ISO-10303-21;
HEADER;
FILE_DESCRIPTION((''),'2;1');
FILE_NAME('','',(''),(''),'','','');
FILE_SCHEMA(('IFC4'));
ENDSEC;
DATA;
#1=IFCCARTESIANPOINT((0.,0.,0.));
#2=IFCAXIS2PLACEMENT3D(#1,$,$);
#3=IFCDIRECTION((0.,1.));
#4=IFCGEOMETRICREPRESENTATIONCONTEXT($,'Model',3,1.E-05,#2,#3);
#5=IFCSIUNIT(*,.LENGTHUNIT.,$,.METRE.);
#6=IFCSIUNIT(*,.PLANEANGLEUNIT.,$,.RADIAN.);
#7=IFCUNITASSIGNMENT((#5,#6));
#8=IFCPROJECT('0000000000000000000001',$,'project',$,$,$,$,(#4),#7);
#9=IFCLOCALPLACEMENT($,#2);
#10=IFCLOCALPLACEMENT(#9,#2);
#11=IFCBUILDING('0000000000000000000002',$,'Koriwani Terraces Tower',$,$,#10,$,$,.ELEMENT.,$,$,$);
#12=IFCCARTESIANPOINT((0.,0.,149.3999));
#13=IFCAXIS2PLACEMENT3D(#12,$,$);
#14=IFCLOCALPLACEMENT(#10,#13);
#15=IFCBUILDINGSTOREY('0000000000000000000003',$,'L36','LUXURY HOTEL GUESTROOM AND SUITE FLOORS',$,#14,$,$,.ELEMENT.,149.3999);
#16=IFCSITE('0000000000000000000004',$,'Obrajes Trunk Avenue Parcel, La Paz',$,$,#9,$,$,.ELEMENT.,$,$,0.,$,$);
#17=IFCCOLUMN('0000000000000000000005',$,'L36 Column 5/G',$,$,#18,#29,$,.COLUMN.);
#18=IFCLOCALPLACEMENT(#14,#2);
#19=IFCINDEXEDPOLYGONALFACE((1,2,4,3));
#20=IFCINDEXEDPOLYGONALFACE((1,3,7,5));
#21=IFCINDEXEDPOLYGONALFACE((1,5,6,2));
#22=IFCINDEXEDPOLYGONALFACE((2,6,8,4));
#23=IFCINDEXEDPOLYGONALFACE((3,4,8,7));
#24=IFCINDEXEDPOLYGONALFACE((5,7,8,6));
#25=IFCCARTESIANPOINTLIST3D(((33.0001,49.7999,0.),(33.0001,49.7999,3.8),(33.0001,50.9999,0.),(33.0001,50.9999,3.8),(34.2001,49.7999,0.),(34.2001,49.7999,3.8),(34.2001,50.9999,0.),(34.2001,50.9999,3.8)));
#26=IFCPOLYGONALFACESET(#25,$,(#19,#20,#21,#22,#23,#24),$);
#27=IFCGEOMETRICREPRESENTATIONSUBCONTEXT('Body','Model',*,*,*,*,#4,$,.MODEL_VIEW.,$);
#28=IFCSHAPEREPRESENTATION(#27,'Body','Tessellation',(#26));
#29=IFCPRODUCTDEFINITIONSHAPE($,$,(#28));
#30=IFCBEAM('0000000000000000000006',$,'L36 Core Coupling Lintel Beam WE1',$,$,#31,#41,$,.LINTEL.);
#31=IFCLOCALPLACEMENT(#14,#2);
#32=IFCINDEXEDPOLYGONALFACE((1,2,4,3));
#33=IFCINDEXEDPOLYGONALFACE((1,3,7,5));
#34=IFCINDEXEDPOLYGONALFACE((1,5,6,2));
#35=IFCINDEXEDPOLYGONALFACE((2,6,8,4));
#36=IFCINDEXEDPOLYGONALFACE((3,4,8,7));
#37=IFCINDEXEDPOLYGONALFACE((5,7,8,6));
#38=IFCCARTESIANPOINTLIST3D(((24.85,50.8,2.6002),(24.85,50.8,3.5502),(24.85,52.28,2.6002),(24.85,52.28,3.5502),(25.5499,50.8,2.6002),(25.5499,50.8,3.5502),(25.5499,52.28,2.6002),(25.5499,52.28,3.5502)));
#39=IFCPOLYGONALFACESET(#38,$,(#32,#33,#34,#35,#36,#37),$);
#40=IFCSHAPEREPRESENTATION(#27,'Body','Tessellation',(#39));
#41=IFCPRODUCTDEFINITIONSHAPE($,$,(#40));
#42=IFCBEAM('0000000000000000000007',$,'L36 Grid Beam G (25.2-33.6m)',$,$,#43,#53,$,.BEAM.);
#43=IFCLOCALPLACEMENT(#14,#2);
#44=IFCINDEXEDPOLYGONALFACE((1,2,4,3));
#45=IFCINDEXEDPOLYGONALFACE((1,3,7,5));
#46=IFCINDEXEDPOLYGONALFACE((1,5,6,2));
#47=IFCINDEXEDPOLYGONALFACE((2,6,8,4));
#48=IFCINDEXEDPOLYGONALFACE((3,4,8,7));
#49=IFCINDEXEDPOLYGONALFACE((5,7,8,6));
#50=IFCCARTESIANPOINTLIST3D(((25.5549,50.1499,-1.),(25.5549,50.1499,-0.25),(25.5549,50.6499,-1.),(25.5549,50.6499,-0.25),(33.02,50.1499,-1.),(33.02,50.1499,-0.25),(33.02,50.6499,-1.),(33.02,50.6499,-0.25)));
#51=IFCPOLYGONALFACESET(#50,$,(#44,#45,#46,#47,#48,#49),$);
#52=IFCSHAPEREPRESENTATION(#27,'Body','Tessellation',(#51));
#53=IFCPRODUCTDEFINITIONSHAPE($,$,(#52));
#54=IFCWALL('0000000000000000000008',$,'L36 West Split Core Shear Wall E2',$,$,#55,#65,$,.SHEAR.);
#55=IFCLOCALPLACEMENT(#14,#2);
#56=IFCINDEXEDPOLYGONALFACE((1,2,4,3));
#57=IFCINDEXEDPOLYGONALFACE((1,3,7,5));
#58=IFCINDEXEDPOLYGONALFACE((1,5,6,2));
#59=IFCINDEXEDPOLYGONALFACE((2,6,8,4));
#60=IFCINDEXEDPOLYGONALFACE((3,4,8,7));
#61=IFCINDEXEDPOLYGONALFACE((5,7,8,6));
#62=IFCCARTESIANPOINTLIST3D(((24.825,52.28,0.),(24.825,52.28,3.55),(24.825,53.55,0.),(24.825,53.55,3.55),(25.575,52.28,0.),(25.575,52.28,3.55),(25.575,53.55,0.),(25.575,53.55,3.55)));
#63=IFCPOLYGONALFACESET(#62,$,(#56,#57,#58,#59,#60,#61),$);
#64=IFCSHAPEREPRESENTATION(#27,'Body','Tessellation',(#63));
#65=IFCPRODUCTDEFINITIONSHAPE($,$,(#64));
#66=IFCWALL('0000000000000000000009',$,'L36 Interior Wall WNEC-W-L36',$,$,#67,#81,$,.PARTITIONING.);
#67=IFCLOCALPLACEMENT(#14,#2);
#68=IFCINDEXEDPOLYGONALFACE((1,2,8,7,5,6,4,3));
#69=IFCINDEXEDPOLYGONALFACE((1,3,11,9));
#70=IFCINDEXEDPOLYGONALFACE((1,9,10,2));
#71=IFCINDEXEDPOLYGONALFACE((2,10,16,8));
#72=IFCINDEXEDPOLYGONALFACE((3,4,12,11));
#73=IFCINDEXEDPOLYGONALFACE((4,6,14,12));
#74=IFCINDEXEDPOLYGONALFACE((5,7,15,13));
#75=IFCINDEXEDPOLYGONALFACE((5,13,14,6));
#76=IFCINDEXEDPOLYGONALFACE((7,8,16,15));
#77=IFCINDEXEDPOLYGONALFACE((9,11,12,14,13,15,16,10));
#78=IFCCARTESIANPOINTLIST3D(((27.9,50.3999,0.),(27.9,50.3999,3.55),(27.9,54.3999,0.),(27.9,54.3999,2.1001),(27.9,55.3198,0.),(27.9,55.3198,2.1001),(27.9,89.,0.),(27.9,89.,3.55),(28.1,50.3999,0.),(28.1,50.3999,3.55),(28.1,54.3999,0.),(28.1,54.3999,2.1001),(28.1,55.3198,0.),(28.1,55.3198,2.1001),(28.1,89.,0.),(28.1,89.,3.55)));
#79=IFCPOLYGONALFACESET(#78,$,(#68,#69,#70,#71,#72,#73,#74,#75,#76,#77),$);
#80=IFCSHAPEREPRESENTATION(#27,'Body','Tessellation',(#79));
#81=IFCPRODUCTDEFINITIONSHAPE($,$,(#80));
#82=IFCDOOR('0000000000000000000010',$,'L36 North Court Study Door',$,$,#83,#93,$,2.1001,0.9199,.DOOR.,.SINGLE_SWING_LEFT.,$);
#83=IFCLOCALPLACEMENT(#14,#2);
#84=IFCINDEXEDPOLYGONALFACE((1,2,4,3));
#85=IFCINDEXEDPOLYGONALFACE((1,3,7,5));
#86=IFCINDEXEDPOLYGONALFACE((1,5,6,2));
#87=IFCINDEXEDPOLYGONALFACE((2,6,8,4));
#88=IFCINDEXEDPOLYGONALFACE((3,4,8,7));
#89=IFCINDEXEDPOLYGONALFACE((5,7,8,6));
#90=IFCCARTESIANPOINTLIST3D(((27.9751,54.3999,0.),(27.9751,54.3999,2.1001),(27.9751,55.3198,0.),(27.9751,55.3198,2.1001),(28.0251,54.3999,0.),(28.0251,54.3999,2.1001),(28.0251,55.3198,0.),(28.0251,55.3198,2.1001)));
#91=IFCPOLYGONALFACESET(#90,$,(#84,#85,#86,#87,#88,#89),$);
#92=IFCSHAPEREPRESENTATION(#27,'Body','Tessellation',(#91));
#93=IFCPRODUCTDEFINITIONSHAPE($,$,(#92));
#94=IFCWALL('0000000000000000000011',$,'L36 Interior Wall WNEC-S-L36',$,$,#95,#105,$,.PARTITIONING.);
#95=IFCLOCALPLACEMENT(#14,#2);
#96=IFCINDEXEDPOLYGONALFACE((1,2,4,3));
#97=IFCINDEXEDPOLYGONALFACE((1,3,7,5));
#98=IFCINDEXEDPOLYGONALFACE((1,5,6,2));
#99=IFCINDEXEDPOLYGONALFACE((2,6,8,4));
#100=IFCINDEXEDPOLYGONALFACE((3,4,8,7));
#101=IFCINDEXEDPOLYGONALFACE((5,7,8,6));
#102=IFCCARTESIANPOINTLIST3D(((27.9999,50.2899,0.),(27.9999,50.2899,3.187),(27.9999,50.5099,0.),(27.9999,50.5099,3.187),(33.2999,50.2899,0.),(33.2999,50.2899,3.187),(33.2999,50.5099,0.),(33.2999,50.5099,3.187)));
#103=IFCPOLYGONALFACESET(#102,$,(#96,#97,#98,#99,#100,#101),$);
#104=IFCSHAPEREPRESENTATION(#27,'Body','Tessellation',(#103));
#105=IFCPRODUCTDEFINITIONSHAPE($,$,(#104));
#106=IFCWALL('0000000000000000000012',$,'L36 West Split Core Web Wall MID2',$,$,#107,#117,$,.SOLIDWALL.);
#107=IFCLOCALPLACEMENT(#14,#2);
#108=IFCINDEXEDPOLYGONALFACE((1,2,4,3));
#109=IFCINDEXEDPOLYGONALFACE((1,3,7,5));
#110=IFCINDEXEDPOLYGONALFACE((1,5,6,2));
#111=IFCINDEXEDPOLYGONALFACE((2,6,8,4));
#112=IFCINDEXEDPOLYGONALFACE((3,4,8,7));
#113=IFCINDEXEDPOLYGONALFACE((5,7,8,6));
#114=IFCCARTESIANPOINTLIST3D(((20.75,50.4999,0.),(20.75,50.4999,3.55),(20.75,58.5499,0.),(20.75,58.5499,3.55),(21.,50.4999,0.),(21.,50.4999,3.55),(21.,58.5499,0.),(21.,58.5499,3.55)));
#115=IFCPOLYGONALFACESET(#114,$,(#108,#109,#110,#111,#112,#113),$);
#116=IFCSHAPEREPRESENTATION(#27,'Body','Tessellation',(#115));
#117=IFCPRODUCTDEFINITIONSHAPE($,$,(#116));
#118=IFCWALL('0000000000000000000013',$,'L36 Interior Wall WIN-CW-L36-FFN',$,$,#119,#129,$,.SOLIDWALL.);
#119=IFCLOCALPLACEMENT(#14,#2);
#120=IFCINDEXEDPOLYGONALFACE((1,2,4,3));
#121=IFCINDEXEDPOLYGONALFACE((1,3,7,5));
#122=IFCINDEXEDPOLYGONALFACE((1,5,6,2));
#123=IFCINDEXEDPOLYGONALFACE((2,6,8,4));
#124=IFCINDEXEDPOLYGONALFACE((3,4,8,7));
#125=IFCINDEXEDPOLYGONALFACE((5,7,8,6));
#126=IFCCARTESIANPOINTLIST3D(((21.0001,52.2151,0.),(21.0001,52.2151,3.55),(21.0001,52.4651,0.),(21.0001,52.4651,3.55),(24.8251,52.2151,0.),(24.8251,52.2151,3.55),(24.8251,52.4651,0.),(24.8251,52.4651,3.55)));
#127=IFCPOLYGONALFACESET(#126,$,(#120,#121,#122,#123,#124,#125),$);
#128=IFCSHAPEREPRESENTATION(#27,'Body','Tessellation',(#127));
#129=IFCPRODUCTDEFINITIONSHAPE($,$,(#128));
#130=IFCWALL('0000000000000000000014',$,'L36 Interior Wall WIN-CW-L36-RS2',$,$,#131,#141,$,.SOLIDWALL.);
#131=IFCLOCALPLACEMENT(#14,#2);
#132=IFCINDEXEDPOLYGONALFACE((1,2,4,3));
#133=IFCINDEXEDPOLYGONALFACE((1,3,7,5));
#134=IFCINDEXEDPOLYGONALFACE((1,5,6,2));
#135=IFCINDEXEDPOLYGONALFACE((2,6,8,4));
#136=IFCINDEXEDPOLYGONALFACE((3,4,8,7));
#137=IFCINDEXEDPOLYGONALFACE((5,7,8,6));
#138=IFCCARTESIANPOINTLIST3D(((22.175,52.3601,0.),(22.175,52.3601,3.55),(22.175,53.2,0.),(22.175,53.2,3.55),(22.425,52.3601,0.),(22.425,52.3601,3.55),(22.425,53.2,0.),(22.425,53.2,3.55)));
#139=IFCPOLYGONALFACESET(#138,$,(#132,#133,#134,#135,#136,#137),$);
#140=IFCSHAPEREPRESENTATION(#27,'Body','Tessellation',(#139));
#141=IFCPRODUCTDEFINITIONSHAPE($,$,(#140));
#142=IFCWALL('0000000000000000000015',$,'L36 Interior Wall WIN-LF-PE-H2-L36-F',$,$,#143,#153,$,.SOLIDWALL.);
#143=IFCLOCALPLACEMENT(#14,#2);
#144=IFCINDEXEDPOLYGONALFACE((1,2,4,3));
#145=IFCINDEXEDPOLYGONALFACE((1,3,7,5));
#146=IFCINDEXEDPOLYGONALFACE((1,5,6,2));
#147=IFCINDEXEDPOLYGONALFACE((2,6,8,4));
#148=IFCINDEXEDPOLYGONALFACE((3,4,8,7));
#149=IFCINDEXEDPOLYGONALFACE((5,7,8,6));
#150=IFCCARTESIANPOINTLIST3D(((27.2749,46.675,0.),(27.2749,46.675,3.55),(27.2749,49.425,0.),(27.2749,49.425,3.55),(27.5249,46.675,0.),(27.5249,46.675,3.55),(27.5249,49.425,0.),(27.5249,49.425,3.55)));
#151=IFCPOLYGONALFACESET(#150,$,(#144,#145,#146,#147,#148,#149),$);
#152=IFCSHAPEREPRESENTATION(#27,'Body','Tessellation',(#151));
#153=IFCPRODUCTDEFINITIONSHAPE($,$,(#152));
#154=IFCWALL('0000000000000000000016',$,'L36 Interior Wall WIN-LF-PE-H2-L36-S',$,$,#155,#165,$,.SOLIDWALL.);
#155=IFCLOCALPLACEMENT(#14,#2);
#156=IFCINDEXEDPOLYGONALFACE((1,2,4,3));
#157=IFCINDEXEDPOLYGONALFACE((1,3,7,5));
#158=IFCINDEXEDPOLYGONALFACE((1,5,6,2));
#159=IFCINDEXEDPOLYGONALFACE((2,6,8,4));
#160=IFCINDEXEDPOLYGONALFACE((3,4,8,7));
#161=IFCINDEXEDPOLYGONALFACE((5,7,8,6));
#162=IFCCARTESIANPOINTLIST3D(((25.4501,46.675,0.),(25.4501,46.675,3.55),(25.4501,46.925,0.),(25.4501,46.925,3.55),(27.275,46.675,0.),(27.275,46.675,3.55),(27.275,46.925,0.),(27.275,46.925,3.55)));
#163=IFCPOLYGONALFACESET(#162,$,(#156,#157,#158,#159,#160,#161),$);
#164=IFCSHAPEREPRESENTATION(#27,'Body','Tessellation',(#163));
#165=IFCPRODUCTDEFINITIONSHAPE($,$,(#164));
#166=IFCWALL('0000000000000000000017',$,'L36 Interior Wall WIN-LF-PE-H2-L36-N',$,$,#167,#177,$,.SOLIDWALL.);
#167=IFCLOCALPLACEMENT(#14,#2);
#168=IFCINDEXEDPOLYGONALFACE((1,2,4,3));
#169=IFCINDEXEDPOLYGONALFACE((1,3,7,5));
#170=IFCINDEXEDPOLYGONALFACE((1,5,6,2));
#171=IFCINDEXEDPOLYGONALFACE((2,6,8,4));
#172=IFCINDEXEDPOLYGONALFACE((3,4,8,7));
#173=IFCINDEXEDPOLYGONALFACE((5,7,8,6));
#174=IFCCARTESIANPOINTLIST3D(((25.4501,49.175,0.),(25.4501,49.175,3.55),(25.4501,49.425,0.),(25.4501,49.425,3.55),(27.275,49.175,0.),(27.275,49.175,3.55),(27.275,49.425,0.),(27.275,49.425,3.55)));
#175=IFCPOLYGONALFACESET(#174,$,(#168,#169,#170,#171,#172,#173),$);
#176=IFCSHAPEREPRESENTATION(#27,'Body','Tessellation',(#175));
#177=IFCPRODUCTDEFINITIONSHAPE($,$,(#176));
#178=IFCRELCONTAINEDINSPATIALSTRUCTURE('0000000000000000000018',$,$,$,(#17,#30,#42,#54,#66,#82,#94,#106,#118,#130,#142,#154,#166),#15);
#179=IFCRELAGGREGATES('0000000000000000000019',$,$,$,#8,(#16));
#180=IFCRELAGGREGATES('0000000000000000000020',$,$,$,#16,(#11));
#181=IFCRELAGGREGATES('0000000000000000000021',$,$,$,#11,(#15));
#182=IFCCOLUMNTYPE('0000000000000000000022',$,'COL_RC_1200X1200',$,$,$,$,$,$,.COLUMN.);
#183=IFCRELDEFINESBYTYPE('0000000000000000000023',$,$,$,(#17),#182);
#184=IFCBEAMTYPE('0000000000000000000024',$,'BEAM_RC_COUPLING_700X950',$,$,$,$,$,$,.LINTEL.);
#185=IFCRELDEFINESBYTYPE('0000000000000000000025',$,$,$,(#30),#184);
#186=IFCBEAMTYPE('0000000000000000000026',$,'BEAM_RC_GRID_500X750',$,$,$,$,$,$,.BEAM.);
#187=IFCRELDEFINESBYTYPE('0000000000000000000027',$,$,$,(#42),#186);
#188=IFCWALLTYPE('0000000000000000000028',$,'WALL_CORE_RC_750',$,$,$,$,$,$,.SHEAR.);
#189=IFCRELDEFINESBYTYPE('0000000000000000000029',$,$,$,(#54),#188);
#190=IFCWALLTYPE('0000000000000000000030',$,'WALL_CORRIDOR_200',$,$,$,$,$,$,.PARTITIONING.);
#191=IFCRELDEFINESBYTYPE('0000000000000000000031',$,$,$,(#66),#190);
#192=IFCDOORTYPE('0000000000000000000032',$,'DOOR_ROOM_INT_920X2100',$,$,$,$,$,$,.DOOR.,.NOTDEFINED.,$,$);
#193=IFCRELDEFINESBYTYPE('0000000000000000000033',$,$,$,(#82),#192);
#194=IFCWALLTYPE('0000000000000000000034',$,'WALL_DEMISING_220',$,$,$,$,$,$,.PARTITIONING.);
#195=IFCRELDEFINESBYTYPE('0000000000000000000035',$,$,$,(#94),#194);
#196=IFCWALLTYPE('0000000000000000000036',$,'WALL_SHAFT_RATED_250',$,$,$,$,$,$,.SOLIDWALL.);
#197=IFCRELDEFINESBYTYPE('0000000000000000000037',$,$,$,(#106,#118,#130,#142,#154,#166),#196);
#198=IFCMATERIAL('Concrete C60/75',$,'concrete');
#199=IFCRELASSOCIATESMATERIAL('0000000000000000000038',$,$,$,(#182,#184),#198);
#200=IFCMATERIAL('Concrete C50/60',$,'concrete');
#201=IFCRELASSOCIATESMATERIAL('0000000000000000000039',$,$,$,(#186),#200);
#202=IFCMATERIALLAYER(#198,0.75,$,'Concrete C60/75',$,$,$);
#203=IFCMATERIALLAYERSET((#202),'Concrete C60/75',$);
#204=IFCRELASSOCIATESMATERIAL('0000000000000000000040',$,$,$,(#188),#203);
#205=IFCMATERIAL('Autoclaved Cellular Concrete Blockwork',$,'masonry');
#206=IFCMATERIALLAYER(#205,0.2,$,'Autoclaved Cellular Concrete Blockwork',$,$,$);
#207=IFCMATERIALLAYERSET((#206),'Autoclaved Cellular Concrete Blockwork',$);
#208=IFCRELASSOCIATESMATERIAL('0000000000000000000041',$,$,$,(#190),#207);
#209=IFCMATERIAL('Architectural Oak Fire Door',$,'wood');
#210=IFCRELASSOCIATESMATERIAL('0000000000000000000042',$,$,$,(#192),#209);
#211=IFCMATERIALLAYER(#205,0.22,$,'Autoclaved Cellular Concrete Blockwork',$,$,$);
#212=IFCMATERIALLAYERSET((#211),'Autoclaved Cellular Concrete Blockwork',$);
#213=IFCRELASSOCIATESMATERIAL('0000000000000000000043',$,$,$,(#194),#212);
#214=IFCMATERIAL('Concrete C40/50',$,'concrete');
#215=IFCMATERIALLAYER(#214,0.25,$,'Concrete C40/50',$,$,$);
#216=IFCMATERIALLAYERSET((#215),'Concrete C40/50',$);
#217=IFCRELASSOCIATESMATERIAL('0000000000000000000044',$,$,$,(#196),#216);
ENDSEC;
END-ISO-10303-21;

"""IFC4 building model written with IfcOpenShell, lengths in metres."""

from ifc_helpers import new_model, si_unit, direction, frame, frame_2d, origin, origin_2d, place, context, subcontext, project, spatial, rectangle, extrude, material, layer, layer_set, material_profile, profile_set, type_object, element, fill, save


model = new_model("IFC4")

# Units and contexts
model_context = context("Model", 3, precision=1e-05, world=origin(), true_north=direction((0.0, 1.0)))
body_context = subcontext(model_context, "Body", "Model", "MODEL_VIEW")
ifc_project = project(units=[si_unit("LENGTHUNIT", "METRE"), si_unit("PLANEANGLEUNIT", "RADIAN")], contexts=[model_context])

# Site, building, storey
site_placement = place(None, origin())
site = spatial("IfcSite", under=ifc_project, at=site_placement, Name="Obrajes Trunk Avenue Parcel, La Paz", CompositionType="ELEMENT", RefElevation=0.0)
building_placement = place(site_placement, origin())
building = spatial("IfcBuilding", under=site, at=building_placement, Name="Koriwani Terraces Tower", CompositionType="ELEMENT")
storey_placement = place(building_placement, frame((0.0, 0.0, 149.3999)))
storey = spatial("IfcBuildingStorey", under=building, at=storey_placement, Name="L36", Description="LUXURY HOTEL GUESTROOM AND SUITE FLOORS", CompositionType="ELEMENT", Elevation=149.3999)

# Column
ifc_material_1 = material(Name="Concrete C60/75", Category="concrete")
ifc_material_profile_1 = material_profile(ifc_material_1, rectangle(XDim=1.2, YDim=1.2, at=origin_2d()), Name="Concrete C60/75", Category="LoadBearing")
ifc_profile_set_1 = profile_set([ifc_material_profile_1], Name="Concrete C60/75")
column_type = type_object("IfcColumnType", Name="COL_RC_1200X1200", PredefinedType="COLUMN", material=ifc_profile_set_1)
column_placement = place(storey_placement, frame((33.6001, 50.3999, 0.0), z_axis=(0.0, 0.0, 1.0), x_axis=(1.0, 0.0, 0.0)))
element("IfcColumn", 1, at=column_placement, inside=storey, type_object=column_type, Name="L36 Column 5/G", PredefinedType="COLUMN", context=body_context, shape_type="SweptSolid", body=[
    extrude(rectangle(XDim=1.2, YDim=1.2, at=origin_2d()), origin(), (0.0, 0.0, 1.0), 3.8),
])

# Beams
ifc_material_profile_2 = material_profile(ifc_material_1, rectangle(XDim=0.7, YDim=0.95, at=origin_2d()), Name="Concrete C60/75", Category="LoadBearing")
ifc_profile_set_2 = profile_set([ifc_material_profile_2], Name="Concrete C60/75")
beam_type_1 = type_object("IfcBeamType", Name="BEAM_RC_COUPLING_700X950", PredefinedType="LINTEL", material=ifc_profile_set_2)
beam_1_placement = place(storey_placement, frame((25.2, 50.8, 3.0752), z_axis=(0.0, 1.0, 0.0), x_axis=(-1.0, 0.0, 0.0)))
element("IfcBeam", 2, at=beam_1_placement, inside=storey, type_object=beam_type_1, Name="L36 Core Coupling Lintel Beam WE1", PredefinedType="LINTEL", context=body_context, shape_type="SweptSolid", body=[
    extrude(rectangle(XDim=0.7, YDim=0.95, at=origin_2d()), origin(), (0.0, 0.0, 1.0), 1.48),
])
ifc_material_2 = material(Name="Concrete C50/60", Category="concrete")
ifc_material_profile_3 = material_profile(ifc_material_2, rectangle(XDim=0.5, YDim=0.75, at=origin_2d()), Name="Concrete C50/60", Category="LoadBearing")
ifc_profile_set_3 = profile_set([ifc_material_profile_3], Name="Concrete C50/60")
beam_type_2 = type_object("IfcBeamType", Name="BEAM_RC_GRID_500X750", PredefinedType="BEAM", material=ifc_profile_set_3)
beam_2_placement = place(storey_placement, frame((25.5549, 50.3999, -0.625), z_axis=(1.0, 0.0, 0.0), x_axis=(0.0, 1.0, 0.0)))
element("IfcBeam", 3, at=beam_2_placement, inside=storey, type_object=beam_type_2, Name="L36 Grid Beam G (25.2-33.6m)", PredefinedType="BEAM", context=body_context, shape_type="SweptSolid", body=[
    extrude(rectangle(XDim=0.5, YDim=0.75, at=origin_2d()), origin(), (0.0, 0.0, 1.0), 7.4651),
])

# Wall
ifc_layer_1 = layer(ifc_material_1, 0.75, Name="Concrete C60/75")
ifc_layer_set_1 = layer_set([ifc_layer_1], Name="Concrete C60/75")
wall_type_1 = type_object("IfcWallType", Name="WALL_CORE_RC_750", PredefinedType="SHEAR", material=ifc_layer_set_1)
wall_1_placement = place(storey_placement, frame((25.2, 52.28, 0.0), z_axis=(0.0, 0.0, 1.0), x_axis=(0.0, 1.0, 0.0)))
element("IfcWall", 4, at=wall_1_placement, inside=storey, type_object=wall_type_1, Name="L36 West Split Core Shear Wall E2", PredefinedType="SHEAR", context=body_context, shape_type="SweptSolid", body=[
    extrude(rectangle(XDim=1.27, YDim=0.75, at=frame_2d((0.635, 0.0))), origin(), (0.0, 0.0, 1.0), 3.55),
])

# Wall, opening, door
ifc_material_3 = material(Name="Autoclaved Cellular Concrete Blockwork", Category="masonry")
ifc_layer_2 = layer(ifc_material_3, 0.2, Name="Autoclaved Cellular Concrete Blockwork")
ifc_layer_set_2 = layer_set([ifc_layer_2], Name="Autoclaved Cellular Concrete Blockwork")
wall_type_2 = type_object("IfcWallType", Name="WALL_CORRIDOR_200", PredefinedType="PARTITIONING", material=ifc_layer_set_2)
wall_2_placement = place(storey_placement, frame((28.0, 50.3999, 0.0), z_axis=(0.0, 0.0, 1.0), x_axis=(0.0, 1.0, 0.0)))
wall_2 = element("IfcWall", 5, at=wall_2_placement, inside=storey, type_object=wall_type_2, Name="L36 Interior Wall WNEC-W-L36", PredefinedType="PARTITIONING", context=body_context, shape_type="SweptSolid", body=[
    extrude(rectangle(XDim=38.6001, YDim=0.2, at=frame_2d((19.3, 0.0))), origin(), (0.0, 0.0, 1.0), 3.55),
])
opening_1_placement = place(wall_2_placement, frame((4.0, 0.0, 0.0)))
opening_1 = element("IfcOpeningElement", 6, at=opening_1_placement, cuts=wall_2, PredefinedType="OPENING", context=body_context, shape_type="SweptSolid", body=[
    extrude(rectangle(XDim=0.9199, YDim=2.1001, at=frame_2d((0.46, 1.05))), frame((0.0, 0.1099, 0.0), z_axis=(0.0, -1.0, 0.0), x_axis=(1.0, 0.0, 0.0)), (0.0, 0.0, 1.0), 0.22),
])
ifc_material_4 = material(Name="Architectural Oak Fire Door", Category="wood")
door_type_1 = type_object("IfcDoorType", Name="DOOR_ROOM_INT_920X2100", OperationType="NOTDEFINED", PredefinedType="DOOR", material=ifc_material_4)
door_1_placement = place(opening_1_placement, origin())
door_1 = element("IfcDoor", 7, at=door_1_placement, inside=storey, type_object=door_type_1, Name="L36 North Court Study Door", OperationType="SINGLE_SWING_LEFT", OverallHeight=2.1001, OverallWidth=0.9199, PredefinedType="DOOR", context=body_context, shape_type="SweptSolid", body=[
    extrude(rectangle(XDim=0.9199, YDim=2.1001, at=frame_2d((0.46, 1.05))), frame((0.0, 0.0249, 0.0), z_axis=(0.0, -1.0, 0.0), x_axis=(1.0, 0.0, 0.0)), (0.0, 0.0, 1.0), 0.05),
])
fill(opening_1, door_1)

# Walls
ifc_layer_3 = layer(ifc_material_3, 0.22, Name="Autoclaved Cellular Concrete Blockwork")
ifc_layer_set_3 = layer_set([ifc_layer_3], Name="Autoclaved Cellular Concrete Blockwork")
wall_type_3 = type_object("IfcWallType", Name="WALL_DEMISING_220", PredefinedType="PARTITIONING", material=ifc_layer_set_3)
wall_3_placement = place(storey_placement, frame((28.0, 50.3999, 0.0), z_axis=(0.0, 0.0, 1.0), x_axis=(1.0, 0.0, 0.0)))
element("IfcWall", 8, at=wall_3_placement, inside=storey, type_object=wall_type_3, Name="L36 Interior Wall WNEC-S-L36", PredefinedType="PARTITIONING", context=body_context, shape_type="SweptSolid", body=[
    extrude(rectangle(XDim=5.3, YDim=0.22, at=frame_2d((2.6499, 0.0))), origin(), (0.0, 0.0, 1.0), 3.187),
])
ifc_material_5 = material(Name="Concrete C40/50", Category="concrete")
ifc_layer_4 = layer(ifc_material_5, 0.25, Name="Concrete C40/50")
ifc_layer_set_4 = layer_set([ifc_layer_4], Name="Concrete C40/50")
wall_type_4 = type_object("IfcWallType", Name="WALL_SHAFT_RATED_250", PredefinedType="SOLIDWALL", material=ifc_layer_set_4)
wall_4_placement = place(storey_placement, frame((20.875, 50.5, 0.0), z_axis=(0.0, 0.0, 1.0), x_axis=(0.0, 1.0, 0.0)))
element("IfcWall", 9, at=wall_4_placement, inside=storey, type_object=wall_type_4, Name="L36 West Split Core Web Wall MID2", PredefinedType="SOLIDWALL", context=body_context, shape_type="SweptSolid", body=[
    extrude(rectangle(XDim=8.05, YDim=0.25, at=frame_2d((4.0249, 0.0))), origin(), (0.0, 0.0, 1.0), 3.55),
])

# Walls
wall_5_placement = place(storey_placement, frame((21.0, 52.3401, 0.0), z_axis=(0.0, 0.0, 1.0), x_axis=(1.0, 0.0, 0.0)))
element("IfcWall", 10, at=wall_5_placement, inside=storey, type_object=wall_type_4, Name="L36 Interior Wall WIN-CW-L36-FFN", PredefinedType="SOLIDWALL", context=body_context, shape_type="SweptSolid", body=[
    extrude(rectangle(XDim=3.825, YDim=0.25, at=frame_2d((1.9126, 0.0))), origin(), (0.0, 0.0, 1.0), 3.55),
])
wall_6_placement = place(storey_placement, frame((22.3, 52.3601, 0.0), z_axis=(0.0, 0.0, 1.0), x_axis=(0.0, 1.0, 0.0)))
element("IfcWall", 11, at=wall_6_placement, inside=storey, type_object=wall_type_4, Name="L36 Interior Wall WIN-CW-L36-RS2", PredefinedType="SOLIDWALL", context=body_context, shape_type="SweptSolid", body=[
    extrude(rectangle(XDim=0.8398, YDim=0.25, at=frame_2d((0.4199, 0.0))), origin(), (0.0, 0.0, 1.0), 3.55),
])
wall_7_placement = place(storey_placement, frame((27.3999, 46.675, 0.0), z_axis=(0.0, 0.0, 1.0), x_axis=(0.0, 1.0, 0.0)))
element("IfcWall", 12, at=wall_7_placement, inside=storey, type_object=wall_type_4, Name="L36 Interior Wall WIN-LF-PE-H2-L36-F", PredefinedType="SOLIDWALL", context=body_context, shape_type="SweptSolid", body=[
    extrude(rectangle(XDim=2.75, YDim=0.25, at=frame_2d((1.375, 0.0))), origin(), (0.0, 0.0, 1.0), 3.55),
])
for number, where, z_axis, x_axis, name in (
    (13, (25.45, 46.8, 0.0), (0.0, 0.0, 1.0), (1.0, 0.0, 0.0), "L36 Interior Wall WIN-LF-PE-H2-L36-S"),
    (14, (25.45, 49.3, 0.0), (0.0, 0.0, 1.0), (1.0, 0.0, 0.0), "L36 Interior Wall WIN-LF-PE-H2-L36-N"),
):
    element("IfcWall", number, at=place(storey_placement, frame(where, z_axis=z_axis, x_axis=x_axis)), inside=storey, type_object=wall_type_4, Name=name, PredefinedType="SOLIDWALL", context=body_context, shape_type="SweptSolid", body=[
        extrude(rectangle(XDim=1.825, YDim=0.25, at=frame_2d((0.9126, 0.0))), origin(), (0.0, 0.0, 1.0), 3.55),
    ])

save(model, "model.ifc")
